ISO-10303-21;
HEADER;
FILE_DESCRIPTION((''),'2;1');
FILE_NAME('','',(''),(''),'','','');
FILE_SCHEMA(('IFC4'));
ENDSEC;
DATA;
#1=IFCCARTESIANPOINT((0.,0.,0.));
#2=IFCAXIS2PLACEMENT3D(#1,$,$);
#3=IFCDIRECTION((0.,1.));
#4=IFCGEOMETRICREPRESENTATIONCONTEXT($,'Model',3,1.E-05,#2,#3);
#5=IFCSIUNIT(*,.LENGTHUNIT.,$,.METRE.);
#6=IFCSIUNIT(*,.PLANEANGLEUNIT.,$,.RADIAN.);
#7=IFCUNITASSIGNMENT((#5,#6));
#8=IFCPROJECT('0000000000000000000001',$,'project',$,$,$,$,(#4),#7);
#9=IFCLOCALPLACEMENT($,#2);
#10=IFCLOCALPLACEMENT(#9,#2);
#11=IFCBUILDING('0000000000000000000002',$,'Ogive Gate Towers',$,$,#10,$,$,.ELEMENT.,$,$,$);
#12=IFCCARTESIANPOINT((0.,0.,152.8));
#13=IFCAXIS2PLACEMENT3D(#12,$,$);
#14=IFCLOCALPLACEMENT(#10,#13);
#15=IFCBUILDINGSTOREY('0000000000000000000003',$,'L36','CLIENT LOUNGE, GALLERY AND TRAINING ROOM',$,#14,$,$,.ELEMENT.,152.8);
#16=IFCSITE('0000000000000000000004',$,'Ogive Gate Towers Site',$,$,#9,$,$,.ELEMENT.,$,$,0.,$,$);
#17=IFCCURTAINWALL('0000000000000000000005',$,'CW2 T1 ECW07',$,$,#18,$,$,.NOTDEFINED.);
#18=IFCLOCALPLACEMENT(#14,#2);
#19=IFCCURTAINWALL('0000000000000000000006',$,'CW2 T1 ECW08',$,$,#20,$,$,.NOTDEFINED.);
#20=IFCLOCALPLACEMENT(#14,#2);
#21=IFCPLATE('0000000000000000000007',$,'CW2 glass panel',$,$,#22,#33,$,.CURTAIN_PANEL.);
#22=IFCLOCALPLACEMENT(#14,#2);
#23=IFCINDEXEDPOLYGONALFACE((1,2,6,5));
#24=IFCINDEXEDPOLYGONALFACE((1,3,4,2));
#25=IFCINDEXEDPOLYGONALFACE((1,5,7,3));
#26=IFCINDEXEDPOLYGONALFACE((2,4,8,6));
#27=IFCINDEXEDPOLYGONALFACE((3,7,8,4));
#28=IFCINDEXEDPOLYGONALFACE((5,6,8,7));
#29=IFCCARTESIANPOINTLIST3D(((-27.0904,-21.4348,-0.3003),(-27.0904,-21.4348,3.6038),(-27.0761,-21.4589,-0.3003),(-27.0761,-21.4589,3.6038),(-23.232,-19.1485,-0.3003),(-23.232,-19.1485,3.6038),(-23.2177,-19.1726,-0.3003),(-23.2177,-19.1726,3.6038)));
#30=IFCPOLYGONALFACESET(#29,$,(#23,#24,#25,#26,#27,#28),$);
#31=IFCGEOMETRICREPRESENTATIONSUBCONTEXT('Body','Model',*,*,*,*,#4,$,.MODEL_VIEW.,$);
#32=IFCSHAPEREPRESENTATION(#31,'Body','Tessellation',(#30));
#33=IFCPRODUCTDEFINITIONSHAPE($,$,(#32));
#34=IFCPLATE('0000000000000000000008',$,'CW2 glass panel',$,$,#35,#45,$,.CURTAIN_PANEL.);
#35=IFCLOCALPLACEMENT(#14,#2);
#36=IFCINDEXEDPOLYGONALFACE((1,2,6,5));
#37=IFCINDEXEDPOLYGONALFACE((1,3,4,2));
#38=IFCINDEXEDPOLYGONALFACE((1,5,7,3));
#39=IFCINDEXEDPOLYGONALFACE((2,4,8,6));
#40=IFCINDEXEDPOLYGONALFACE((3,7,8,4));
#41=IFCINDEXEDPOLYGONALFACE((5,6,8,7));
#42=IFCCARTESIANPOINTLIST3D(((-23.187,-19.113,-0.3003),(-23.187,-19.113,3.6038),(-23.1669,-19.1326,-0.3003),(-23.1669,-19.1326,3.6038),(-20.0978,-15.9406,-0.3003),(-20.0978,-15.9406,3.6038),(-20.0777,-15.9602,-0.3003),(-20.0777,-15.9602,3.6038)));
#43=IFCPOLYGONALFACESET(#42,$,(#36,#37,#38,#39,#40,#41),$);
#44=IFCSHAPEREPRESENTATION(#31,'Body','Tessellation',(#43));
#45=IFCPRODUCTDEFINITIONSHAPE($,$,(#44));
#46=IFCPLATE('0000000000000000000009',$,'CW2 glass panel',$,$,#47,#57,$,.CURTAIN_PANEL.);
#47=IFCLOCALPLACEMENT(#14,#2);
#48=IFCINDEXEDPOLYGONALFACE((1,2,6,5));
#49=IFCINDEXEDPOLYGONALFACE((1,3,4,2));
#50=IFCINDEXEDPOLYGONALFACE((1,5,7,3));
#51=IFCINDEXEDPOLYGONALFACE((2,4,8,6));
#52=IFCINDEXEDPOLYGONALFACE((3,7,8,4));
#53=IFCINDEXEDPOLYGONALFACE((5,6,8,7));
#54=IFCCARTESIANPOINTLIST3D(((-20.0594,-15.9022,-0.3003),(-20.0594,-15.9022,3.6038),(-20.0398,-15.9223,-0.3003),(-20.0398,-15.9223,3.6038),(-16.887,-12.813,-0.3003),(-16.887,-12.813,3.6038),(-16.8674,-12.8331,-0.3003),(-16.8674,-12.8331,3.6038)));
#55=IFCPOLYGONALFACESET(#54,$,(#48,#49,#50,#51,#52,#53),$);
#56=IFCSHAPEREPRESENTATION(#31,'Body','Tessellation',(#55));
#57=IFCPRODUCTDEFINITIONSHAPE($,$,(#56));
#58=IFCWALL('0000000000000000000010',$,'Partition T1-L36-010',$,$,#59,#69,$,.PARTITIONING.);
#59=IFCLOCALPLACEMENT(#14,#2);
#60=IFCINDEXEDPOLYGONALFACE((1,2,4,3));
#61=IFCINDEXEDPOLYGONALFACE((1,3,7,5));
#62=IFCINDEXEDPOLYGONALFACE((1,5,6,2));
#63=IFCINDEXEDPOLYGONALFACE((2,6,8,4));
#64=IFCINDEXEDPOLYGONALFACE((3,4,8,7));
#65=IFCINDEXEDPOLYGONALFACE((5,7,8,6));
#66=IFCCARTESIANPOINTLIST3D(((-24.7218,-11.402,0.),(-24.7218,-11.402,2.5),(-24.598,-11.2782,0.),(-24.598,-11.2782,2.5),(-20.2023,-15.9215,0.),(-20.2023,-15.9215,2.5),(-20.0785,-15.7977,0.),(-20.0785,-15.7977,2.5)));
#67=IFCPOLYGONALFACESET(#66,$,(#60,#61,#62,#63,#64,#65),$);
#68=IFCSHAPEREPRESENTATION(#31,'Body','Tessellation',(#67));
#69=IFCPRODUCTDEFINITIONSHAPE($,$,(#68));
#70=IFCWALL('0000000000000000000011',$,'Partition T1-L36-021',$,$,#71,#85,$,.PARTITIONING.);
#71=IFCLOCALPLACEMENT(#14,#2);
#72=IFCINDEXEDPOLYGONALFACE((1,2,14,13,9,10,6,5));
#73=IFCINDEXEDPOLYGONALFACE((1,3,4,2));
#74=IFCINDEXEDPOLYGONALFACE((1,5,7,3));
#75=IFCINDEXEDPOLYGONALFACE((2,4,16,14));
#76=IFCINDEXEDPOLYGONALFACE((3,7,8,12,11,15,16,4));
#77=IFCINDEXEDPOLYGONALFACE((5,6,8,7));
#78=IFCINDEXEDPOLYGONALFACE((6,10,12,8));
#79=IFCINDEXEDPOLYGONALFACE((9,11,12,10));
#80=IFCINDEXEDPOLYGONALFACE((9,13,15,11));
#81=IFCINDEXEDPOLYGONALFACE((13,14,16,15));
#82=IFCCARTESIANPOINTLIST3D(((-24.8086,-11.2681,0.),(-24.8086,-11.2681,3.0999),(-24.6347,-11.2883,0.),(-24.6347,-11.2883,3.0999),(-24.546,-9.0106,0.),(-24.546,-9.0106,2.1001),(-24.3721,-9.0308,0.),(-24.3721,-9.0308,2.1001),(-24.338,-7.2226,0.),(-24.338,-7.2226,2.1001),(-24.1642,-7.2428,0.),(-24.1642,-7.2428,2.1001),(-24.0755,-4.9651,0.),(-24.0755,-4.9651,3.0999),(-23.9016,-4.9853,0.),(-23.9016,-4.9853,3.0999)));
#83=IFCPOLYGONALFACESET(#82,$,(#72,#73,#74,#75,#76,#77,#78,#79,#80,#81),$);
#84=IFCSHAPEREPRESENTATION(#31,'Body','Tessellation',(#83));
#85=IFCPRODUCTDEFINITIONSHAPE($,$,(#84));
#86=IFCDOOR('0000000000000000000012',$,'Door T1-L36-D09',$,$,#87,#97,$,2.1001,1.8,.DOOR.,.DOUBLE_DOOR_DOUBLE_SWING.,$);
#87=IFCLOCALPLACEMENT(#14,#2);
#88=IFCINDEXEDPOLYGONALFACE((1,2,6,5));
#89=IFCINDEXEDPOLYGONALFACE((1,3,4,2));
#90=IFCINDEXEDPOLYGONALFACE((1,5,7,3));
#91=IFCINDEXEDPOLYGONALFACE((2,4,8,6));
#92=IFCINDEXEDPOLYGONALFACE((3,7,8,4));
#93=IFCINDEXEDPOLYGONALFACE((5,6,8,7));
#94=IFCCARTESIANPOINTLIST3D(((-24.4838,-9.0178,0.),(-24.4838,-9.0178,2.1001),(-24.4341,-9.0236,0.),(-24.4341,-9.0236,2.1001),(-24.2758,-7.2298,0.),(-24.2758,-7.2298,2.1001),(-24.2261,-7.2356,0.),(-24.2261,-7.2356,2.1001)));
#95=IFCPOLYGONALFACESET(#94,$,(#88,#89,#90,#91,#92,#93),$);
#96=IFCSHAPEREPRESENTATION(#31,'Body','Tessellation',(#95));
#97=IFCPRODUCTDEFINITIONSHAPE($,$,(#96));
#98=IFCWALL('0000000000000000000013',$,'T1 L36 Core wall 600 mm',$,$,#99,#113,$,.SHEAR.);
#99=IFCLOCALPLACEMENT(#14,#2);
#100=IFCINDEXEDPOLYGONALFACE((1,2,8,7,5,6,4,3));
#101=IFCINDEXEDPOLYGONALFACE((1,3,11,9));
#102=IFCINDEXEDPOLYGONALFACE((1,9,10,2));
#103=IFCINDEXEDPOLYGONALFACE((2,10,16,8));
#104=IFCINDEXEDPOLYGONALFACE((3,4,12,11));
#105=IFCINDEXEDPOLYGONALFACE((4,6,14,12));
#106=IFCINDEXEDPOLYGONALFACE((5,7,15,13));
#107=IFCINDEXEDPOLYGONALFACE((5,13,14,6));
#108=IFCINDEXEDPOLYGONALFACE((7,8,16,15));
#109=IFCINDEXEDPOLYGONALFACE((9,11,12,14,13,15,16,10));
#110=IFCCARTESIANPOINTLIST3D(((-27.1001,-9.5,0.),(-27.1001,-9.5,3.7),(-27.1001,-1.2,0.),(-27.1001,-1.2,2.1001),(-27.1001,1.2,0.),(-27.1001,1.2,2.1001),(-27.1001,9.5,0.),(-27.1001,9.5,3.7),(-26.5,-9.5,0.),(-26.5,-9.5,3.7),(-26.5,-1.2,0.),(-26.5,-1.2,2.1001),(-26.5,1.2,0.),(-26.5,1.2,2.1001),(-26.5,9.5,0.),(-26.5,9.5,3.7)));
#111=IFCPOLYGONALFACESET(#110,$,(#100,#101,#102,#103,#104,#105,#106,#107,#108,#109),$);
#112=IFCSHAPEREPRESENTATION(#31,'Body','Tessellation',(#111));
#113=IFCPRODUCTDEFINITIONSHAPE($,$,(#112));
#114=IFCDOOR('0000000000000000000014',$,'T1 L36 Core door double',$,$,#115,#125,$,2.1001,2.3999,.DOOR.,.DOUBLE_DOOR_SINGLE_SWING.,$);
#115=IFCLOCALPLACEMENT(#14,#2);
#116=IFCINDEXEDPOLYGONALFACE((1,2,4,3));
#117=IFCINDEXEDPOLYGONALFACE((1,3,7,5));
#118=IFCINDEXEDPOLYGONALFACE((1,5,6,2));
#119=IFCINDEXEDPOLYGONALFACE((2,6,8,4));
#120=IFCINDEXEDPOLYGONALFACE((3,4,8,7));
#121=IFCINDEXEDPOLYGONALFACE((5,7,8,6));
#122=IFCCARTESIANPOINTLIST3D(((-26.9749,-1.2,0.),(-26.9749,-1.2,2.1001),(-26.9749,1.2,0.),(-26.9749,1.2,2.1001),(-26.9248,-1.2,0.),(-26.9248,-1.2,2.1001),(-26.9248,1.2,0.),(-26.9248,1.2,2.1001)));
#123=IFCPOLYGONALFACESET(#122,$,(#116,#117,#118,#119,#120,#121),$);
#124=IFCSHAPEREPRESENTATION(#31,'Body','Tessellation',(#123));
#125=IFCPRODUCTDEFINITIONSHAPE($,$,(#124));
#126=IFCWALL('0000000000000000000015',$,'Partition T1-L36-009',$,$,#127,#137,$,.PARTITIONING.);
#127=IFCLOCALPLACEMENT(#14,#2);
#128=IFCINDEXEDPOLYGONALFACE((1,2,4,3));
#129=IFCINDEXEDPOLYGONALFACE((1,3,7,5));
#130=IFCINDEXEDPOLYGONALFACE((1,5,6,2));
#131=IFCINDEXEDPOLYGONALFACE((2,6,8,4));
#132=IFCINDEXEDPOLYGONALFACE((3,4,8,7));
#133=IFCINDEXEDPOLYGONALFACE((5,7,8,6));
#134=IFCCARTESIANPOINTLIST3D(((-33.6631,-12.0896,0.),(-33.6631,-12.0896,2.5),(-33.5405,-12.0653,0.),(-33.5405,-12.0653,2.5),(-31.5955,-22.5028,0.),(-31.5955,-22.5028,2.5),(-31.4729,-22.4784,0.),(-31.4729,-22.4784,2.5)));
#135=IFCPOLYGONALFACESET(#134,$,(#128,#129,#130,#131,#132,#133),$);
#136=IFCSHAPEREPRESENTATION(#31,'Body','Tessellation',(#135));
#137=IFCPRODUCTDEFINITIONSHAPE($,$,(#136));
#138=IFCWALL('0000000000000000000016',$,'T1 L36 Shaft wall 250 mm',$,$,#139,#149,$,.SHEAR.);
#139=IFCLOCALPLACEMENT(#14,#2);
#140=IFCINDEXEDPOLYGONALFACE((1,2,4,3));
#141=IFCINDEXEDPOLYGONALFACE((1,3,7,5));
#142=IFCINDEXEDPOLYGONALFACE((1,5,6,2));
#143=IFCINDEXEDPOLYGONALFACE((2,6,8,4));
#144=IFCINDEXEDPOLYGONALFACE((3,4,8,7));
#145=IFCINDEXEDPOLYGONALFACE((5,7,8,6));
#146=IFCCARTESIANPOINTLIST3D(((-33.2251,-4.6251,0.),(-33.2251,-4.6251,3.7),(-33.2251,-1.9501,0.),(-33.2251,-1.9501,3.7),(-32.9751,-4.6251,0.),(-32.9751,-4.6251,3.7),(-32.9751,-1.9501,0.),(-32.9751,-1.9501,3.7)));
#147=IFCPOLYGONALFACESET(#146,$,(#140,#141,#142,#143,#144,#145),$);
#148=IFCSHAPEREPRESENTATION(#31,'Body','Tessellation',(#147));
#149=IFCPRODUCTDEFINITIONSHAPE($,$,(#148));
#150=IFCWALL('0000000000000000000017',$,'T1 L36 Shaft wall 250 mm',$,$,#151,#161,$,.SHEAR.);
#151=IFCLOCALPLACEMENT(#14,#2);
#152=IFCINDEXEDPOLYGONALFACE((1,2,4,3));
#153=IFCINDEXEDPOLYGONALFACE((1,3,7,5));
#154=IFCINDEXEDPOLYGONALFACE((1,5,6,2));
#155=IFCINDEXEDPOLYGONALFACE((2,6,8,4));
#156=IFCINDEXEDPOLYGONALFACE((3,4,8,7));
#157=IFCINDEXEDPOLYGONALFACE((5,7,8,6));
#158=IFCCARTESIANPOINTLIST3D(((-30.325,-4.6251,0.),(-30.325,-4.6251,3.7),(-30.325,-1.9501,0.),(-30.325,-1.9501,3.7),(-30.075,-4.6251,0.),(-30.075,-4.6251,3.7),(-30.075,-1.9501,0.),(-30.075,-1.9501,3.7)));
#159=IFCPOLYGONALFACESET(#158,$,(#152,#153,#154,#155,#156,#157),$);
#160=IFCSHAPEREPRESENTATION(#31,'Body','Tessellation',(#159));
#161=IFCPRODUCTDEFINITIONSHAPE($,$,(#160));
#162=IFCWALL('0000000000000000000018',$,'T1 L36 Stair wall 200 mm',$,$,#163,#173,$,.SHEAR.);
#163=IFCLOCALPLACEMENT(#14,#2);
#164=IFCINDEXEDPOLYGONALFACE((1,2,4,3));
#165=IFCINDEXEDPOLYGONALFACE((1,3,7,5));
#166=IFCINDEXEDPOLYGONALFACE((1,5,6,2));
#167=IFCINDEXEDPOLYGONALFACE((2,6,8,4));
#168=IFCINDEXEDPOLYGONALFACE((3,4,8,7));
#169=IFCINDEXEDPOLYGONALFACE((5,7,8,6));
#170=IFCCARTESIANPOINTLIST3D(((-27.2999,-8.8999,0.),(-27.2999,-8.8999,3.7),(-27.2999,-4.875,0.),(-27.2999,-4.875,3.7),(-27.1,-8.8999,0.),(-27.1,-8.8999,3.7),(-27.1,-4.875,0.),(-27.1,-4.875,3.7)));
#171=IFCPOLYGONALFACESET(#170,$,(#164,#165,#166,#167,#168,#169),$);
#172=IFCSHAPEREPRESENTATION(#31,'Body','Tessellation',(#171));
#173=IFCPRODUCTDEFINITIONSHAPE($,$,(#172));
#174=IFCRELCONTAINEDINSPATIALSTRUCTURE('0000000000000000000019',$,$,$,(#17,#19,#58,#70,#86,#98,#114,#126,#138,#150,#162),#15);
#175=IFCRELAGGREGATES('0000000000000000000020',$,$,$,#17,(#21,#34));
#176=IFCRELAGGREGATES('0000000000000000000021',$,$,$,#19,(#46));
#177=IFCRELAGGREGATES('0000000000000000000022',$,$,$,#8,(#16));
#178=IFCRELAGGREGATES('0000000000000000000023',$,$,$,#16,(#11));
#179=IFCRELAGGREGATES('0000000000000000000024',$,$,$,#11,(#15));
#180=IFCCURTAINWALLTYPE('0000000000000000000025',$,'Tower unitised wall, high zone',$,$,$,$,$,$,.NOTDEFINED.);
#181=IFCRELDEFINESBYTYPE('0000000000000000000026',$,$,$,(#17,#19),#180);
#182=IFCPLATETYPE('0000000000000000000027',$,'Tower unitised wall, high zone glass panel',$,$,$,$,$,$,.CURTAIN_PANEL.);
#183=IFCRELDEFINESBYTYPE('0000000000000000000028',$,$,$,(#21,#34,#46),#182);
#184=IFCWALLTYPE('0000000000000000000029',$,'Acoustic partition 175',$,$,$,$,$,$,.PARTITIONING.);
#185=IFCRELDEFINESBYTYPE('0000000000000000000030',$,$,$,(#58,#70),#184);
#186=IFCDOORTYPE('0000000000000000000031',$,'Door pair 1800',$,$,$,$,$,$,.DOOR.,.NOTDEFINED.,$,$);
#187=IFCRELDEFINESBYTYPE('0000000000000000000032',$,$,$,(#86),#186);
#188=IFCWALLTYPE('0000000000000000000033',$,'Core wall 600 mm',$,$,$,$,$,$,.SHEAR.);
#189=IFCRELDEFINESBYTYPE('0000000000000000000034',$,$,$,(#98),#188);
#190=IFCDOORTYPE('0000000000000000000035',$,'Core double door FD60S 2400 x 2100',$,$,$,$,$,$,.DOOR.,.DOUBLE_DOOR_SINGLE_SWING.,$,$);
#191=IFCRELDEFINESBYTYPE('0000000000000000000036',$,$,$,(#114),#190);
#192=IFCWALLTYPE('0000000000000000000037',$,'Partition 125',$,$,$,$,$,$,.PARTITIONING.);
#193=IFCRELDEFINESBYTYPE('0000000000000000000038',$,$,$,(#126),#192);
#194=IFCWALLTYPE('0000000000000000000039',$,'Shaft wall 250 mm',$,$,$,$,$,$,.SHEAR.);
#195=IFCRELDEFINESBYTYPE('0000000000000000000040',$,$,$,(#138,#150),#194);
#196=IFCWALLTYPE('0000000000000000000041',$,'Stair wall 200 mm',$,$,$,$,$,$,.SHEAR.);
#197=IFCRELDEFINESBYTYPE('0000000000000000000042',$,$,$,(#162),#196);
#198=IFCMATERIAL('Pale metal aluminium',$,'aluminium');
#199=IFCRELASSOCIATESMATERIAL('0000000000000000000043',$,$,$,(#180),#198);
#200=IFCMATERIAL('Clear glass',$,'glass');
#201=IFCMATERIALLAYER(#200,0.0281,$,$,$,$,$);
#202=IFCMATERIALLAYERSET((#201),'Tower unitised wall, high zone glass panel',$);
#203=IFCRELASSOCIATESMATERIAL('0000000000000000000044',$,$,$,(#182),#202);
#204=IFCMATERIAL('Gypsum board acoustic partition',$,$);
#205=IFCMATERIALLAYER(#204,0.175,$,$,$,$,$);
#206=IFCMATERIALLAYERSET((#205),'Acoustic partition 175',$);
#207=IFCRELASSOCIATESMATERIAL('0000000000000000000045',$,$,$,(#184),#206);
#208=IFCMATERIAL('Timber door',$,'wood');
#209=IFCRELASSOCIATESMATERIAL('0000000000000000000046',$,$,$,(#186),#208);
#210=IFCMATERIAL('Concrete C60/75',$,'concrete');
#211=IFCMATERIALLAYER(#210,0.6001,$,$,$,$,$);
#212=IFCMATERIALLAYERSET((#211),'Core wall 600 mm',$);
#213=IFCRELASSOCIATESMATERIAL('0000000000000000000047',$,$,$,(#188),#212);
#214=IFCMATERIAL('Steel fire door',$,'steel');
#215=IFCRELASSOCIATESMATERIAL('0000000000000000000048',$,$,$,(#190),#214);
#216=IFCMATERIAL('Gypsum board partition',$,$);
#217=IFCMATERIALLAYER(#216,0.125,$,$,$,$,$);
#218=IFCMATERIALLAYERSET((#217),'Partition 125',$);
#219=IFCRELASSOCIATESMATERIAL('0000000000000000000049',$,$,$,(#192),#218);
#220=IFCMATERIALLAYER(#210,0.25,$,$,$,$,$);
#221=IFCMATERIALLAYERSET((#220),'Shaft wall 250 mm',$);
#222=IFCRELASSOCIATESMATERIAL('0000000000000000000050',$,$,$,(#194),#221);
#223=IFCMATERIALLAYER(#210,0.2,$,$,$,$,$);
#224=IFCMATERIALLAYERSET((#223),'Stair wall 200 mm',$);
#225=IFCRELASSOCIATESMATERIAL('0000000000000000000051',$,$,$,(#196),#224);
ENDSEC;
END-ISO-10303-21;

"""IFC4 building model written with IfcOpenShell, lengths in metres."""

from ifc_helpers import new_model, si_unit, direction, frame, frame_2d, origin, origin_2d, place, context, subcontext, project, spatial, rectangle, extrude, material, layer, layer_set, type_object, element, fill, aggregate, save


model = new_model("IFC4")

# Units and contexts
model_context = context("Model", 3, precision=1e-05, world=origin(), true_north=direction((0.0, 1.0)))
body_context = subcontext(model_context, "Body", "Model", "MODEL_VIEW")
ifc_project = project(units=[si_unit("LENGTHUNIT", "METRE"), si_unit("PLANEANGLEUNIT", "RADIAN")], contexts=[model_context])

# Site, building, storey
site_placement = place(None, origin())
site = spatial("IfcSite", under=ifc_project, at=site_placement, Name="Ogive Gate Towers Site", CompositionType="ELEMENT", RefElevation=0.0)
building_placement = place(site_placement, origin())
building = spatial("IfcBuilding", under=site, at=building_placement, Name="Ogive Gate Towers", CompositionType="ELEMENT")
storey_placement = place(building_placement, frame((0.0, 0.0, 152.8)))
storey = spatial("IfcBuildingStorey", under=building, at=storey_placement, Name="L36", Description="CLIENT LOUNGE, GALLERY AND TRAINING ROOM", CompositionType="ELEMENT", Elevation=152.8)

# Curtain wall
ifc_material_1 = material(Name="Pale metal aluminium", Category="aluminium")
curtain_wall_type = type_object("IfcCurtainWallType", Name="Tower unitised wall, high zone", PredefinedType="NOTDEFINED", material=ifc_material_1)
curtain_wall_1_placement = place(storey_placement, origin())
curtain_wall_1 = element("IfcCurtainWall", 1, at=curtain_wall_1_placement, inside=storey, type_object=curtain_wall_type, Name="CW2 T1 ECW07", PredefinedType="NOTDEFINED")

# Curtain wall
curtain_wall_2_placement = place(storey_placement, origin())
curtain_wall_2 = element("IfcCurtainWall", 2, at=curtain_wall_2_placement, inside=storey, type_object=curtain_wall_type, Name="CW2 T1 ECW08", PredefinedType="NOTDEFINED")

# Plates
ifc_material_2 = material(Name="Clear glass", Category="glass")
ifc_layer_1 = layer(ifc_material_2, 0.0281)
ifc_layer_set_1 = layer_set([ifc_layer_1], Name="Tower unitised wall, high zone glass panel")
plate_type = type_object("IfcPlateType", Name="Tower unitised wall, high zone glass panel", PredefinedType="CURTAIN_PANEL", material=ifc_layer_set_1)
plate_1_placement = place(storey_placement, frame((-25.1541, -20.3037, -0.3003), z_axis=(0.0, 0.0, 1.0), x_axis=(0.860306, 0.509777, 0.0)))
plate_1 = element("IfcPlate", 3, at=plate_1_placement, type_object=plate_type, Name="CW2 glass panel", PredefinedType="CURTAIN_PANEL", context=body_context, shape_type="SweptSolid", body=[
    extrude(rectangle(XDim=4.4849, YDim=0.0281, at=origin_2d()), origin(), (0.0, 0.0, 1.0), 3.9041),
])
plate_2_placement = place(storey_placement, frame((-21.6323, -17.5366, -0.3003), z_axis=(0.0, 0.0, 1.0), x_axis=(0.697653, 0.716436, 0.0)))
plate_2 = element("IfcPlate", 4, at=plate_2_placement, type_object=plate_type, Name="CW2 glass panel", PredefinedType="CURTAIN_PANEL", context=body_context, shape_type="SweptSolid", body=[
    extrude(rectangle(XDim=4.428, YDim=0.0281, at=origin_2d()), origin(), (0.0, 0.0, 1.0), 3.9041),
])
aggregate(curtain_wall_1, [plate_1, plate_2])
plate_3_placement = place(storey_placement, frame((-18.4634, -14.3677, -0.3003), z_axis=(0.0, 0.0, 1.0), x_axis=(0.716436, 0.697653, 0.0)))
plate_3 = element("IfcPlate", 5, at=plate_3_placement, type_object=plate_type, Name="CW2 glass panel", PredefinedType="CURTAIN_PANEL", context=body_context, shape_type="SweptSolid", body=[
    extrude(rectangle(XDim=4.428, YDim=0.0281, at=origin_2d()), origin(), (0.0, 0.0, 1.0), 3.9041),
])
aggregate(curtain_wall_2, [plate_3])

# Wall
ifc_material_3 = material(Name="Gypsum board acoustic partition")
ifc_layer_2 = layer(ifc_material_3, 0.175)
ifc_layer_set_2 = layer_set([ifc_layer_2], Name="Acoustic partition 175")
wall_type_1 = type_object("IfcWallType", Name="Acoustic partition 175", PredefinedType="PARTITIONING", material=ifc_layer_set_2)
wall_1_placement = place(storey_placement, frame((-20.1404, -15.8596, 0.0), z_axis=(0.0, 0.0, 1.0), x_axis=(-0.707107, 0.707107, 0.0)))
element("IfcWall", 6, at=wall_1_placement, inside=storey, type_object=wall_type_1, Name="Partition T1-L36-010", PredefinedType="PARTITIONING", context=body_context, shape_type="SweptSolid", body=[
    extrude(rectangle(XDim=6.3916, YDim=0.175, at=frame_2d((3.1958, 0.0))), origin(), (0.0, 0.0, 1.0), 2.5),
])

# Walls, openings, doors
wall_2_placement = place(storey_placement, frame((-24.7217, -11.2783, 0.0), z_axis=(0.0, 0.0, 1.0), x_axis=(0.11554, 0.993303, 0.0)))
wall_2 = element("IfcWall", 7, at=wall_2_placement, inside=storey, type_object=wall_type_1, Name="Partition T1-L36-021", PredefinedType="PARTITIONING", context=body_context, shape_type="SweptSolid", body=[
    extrude(rectangle(XDim=6.3455, YDim=0.175, at=frame_2d((3.1729, 0.0))), origin(), (0.0, 0.0, 1.0), 3.0999),
])
opening_1_placement = place(wall_2_placement, frame((2.2729, 0.0, 0.0)))
opening_1 = element("IfcOpeningElement", 8, at=opening_1_placement, cuts=wall_2, PredefinedType="OPENING", context=body_context, shape_type="SweptSolid", body=[
    extrude(rectangle(XDim=1.8, YDim=2.1001, at=frame_2d((0.8999, 1.05))), frame((0.0, 0.0977, 0.0), z_axis=(0.0, -1.0, 0.0), x_axis=(1.0, 0.0, 0.0)), (0.0, 0.0, 1.0), 0.1951),
])
ifc_material_4 = material(Name="Timber door", Category="wood")
door_type_1 = type_object("IfcDoorType", Name="Door pair 1800", OperationType="NOTDEFINED", PredefinedType="DOOR", material=ifc_material_4)
door_1_placement = place(opening_1_placement, origin())
door_1 = element("IfcDoor", 9, at=door_1_placement, inside=storey, type_object=door_type_1, Name="Door T1-L36-D09", OperationType="DOUBLE_DOOR_DOUBLE_SWING", OverallHeight=2.1001, OverallWidth=1.8, PredefinedType="DOOR", context=body_context, shape_type="SweptSolid", body=[
    extrude(rectangle(XDim=1.8, YDim=2.1001, at=frame_2d((0.8999, 1.05))), frame((0.0, 0.0249, 0.0), z_axis=(0.0, -1.0, 0.0), x_axis=(1.0, 0.0, 0.0)), (0.0, 0.0, 1.0), 0.05),
])
fill(opening_1, door_1)
ifc_material_5 = material(Name="Concrete C60/75", Category="concrete")
ifc_layer_3 = layer(ifc_material_5, 0.6001)
ifc_layer_set_3 = layer_set([ifc_layer_3], Name="Core wall 600 mm")
wall_type_2 = type_object("IfcWallType", Name="Core wall 600 mm", PredefinedType="SHEAR", material=ifc_layer_set_3)
wall_3_placement = place(storey_placement, frame((-26.8, -9.5, 0.0), z_axis=(0.0, 0.0, 1.0), x_axis=(0.0, 1.0, 0.0)))
wall_3 = element("IfcWall", 10, at=wall_3_placement, inside=storey, type_object=wall_type_2, Name="T1 L36 Core wall 600 mm", PredefinedType="SHEAR", context=body_context, shape_type="SweptSolid", body=[
    extrude(rectangle(XDim=19.0, YDim=0.6001, at=frame_2d((9.5, 0.0))), origin(), (0.0, 0.0, 1.0), 3.7),
])
opening_2_placement = place(wall_3_placement, frame((8.3, 0.0, 0.0)))
opening_2 = element("IfcOpeningElement", 11, at=opening_2_placement, cuts=wall_3, PredefinedType="OPENING", context=body_context, shape_type="SweptSolid", body=[
    extrude(rectangle(XDim=2.3999, YDim=2.1001, at=frame_2d((1.2, 1.05))), frame((0.0, 0.3101, 0.0), z_axis=(0.0, -1.0, 0.0), x_axis=(1.0, 0.0, 0.0)), (0.0, 0.0, 1.0), 0.6201),
])
ifc_material_6 = material(Name="Steel fire door", Category="steel")
door_type_2 = type_object("IfcDoorType", Name="Core double door FD60S 2400 x 2100", OperationType="DOUBLE_DOOR_SINGLE_SWING", PredefinedType="DOOR", material=ifc_material_6)
door_2_placement = place(opening_2_placement, origin())
door_2 = element("IfcDoor", 12, at=door_2_placement, inside=storey, type_object=door_type_2, Name="T1 L36 Core door double", OperationType="DOUBLE_DOOR_SINGLE_SWING", OverallHeight=2.1001, OverallWidth=2.3999, PredefinedType="DOOR", context=body_context, shape_type="SweptSolid", body=[
    extrude(rectangle(XDim=2.3999, YDim=2.1001, at=frame_2d((1.2, 1.05))), frame((0.0, 0.1748, 0.0), z_axis=(0.0, -1.0, 0.0), x_axis=(1.0, 0.0, 0.0)), (0.0, 0.0, 1.0), 0.05),
])
fill(opening_2, door_2)

# Walls
ifc_material_7 = material(Name="Gypsum board partition")
ifc_layer_4 = layer(ifc_material_7, 0.125)
ifc_layer_set_4 = layer_set([ifc_layer_4], Name="Partition 125")
wall_type_3 = type_object("IfcWallType", Name="Partition 125", PredefinedType="PARTITIONING", material=ifc_layer_set_4)
wall_4_placement = place(storey_placement, frame((-31.5342, -22.4905, 0.0), z_axis=(0.0, 0.0, 1.0), x_axis=(-0.194758, 0.980851, 0.0)))
element("IfcWall", 13, at=wall_4_placement, inside=storey, type_object=wall_type_3, Name="Partition T1-L36-009", PredefinedType="PARTITIONING", context=body_context, shape_type="SweptSolid", body=[
    extrude(rectangle(XDim=10.6165, YDim=0.125, at=frame_2d((5.3081, 0.0))), origin(), (0.0, 0.0, 1.0), 2.5),
])
ifc_layer_5 = layer(ifc_material_5, 0.25)
ifc_layer_set_5 = layer_set([ifc_layer_5], Name="Shaft wall 250 mm")
wall_type_4 = type_object("IfcWallType", Name="Shaft wall 250 mm", PredefinedType="SHEAR", material=ifc_layer_set_5)
for number, where, z_axis, x_axis, name in (
    (14, (-33.1001, -4.625, 0.0), (0.0, 0.0, 1.0), (0.0, 1.0, 0.0), "T1 L36 Shaft wall 250 mm"),
    (15, (-30.2, -4.625, 0.0), (0.0, 0.0, 1.0), (0.0, 1.0, 0.0), "T1 L36 Shaft wall 250 mm"),
):
    element("IfcWall", number, at=place(storey_placement, frame(where, z_axis=z_axis, x_axis=x_axis)), inside=storey, type_object=wall_type_4, Name=name, PredefinedType="SHEAR", context=body_context, shape_type="SweptSolid", body=[
        extrude(rectangle(XDim=2.675, YDim=0.25, at=frame_2d((1.3374, 0.0))), origin(), (0.0, 0.0, 1.0), 3.7),
    ])
ifc_layer_6 = layer(ifc_material_5, 0.2)
ifc_layer_set_6 = layer_set([ifc_layer_6], Name="Stair wall 200 mm")
wall_type_5 = type_object("IfcWallType", Name="Stair wall 200 mm", PredefinedType="SHEAR", material=ifc_layer_set_6)
wall_5_placement = place(storey_placement, frame((-27.2, -8.8999, 0.0), z_axis=(0.0, 0.0, 1.0), x_axis=(0.0, 1.0, 0.0)))
element("IfcWall", 16, at=wall_5_placement, inside=storey, type_object=wall_type_5, Name="T1 L36 Stair wall 200 mm", PredefinedType="SHEAR", context=body_context, shape_type="SweptSolid", body=[
    extrude(rectangle(XDim=4.0249, YDim=0.2, at=frame_2d((2.0125, 0.0))), origin(), (0.0, 0.0, 1.0), 3.7),
])

save(model, "model.ifc")
